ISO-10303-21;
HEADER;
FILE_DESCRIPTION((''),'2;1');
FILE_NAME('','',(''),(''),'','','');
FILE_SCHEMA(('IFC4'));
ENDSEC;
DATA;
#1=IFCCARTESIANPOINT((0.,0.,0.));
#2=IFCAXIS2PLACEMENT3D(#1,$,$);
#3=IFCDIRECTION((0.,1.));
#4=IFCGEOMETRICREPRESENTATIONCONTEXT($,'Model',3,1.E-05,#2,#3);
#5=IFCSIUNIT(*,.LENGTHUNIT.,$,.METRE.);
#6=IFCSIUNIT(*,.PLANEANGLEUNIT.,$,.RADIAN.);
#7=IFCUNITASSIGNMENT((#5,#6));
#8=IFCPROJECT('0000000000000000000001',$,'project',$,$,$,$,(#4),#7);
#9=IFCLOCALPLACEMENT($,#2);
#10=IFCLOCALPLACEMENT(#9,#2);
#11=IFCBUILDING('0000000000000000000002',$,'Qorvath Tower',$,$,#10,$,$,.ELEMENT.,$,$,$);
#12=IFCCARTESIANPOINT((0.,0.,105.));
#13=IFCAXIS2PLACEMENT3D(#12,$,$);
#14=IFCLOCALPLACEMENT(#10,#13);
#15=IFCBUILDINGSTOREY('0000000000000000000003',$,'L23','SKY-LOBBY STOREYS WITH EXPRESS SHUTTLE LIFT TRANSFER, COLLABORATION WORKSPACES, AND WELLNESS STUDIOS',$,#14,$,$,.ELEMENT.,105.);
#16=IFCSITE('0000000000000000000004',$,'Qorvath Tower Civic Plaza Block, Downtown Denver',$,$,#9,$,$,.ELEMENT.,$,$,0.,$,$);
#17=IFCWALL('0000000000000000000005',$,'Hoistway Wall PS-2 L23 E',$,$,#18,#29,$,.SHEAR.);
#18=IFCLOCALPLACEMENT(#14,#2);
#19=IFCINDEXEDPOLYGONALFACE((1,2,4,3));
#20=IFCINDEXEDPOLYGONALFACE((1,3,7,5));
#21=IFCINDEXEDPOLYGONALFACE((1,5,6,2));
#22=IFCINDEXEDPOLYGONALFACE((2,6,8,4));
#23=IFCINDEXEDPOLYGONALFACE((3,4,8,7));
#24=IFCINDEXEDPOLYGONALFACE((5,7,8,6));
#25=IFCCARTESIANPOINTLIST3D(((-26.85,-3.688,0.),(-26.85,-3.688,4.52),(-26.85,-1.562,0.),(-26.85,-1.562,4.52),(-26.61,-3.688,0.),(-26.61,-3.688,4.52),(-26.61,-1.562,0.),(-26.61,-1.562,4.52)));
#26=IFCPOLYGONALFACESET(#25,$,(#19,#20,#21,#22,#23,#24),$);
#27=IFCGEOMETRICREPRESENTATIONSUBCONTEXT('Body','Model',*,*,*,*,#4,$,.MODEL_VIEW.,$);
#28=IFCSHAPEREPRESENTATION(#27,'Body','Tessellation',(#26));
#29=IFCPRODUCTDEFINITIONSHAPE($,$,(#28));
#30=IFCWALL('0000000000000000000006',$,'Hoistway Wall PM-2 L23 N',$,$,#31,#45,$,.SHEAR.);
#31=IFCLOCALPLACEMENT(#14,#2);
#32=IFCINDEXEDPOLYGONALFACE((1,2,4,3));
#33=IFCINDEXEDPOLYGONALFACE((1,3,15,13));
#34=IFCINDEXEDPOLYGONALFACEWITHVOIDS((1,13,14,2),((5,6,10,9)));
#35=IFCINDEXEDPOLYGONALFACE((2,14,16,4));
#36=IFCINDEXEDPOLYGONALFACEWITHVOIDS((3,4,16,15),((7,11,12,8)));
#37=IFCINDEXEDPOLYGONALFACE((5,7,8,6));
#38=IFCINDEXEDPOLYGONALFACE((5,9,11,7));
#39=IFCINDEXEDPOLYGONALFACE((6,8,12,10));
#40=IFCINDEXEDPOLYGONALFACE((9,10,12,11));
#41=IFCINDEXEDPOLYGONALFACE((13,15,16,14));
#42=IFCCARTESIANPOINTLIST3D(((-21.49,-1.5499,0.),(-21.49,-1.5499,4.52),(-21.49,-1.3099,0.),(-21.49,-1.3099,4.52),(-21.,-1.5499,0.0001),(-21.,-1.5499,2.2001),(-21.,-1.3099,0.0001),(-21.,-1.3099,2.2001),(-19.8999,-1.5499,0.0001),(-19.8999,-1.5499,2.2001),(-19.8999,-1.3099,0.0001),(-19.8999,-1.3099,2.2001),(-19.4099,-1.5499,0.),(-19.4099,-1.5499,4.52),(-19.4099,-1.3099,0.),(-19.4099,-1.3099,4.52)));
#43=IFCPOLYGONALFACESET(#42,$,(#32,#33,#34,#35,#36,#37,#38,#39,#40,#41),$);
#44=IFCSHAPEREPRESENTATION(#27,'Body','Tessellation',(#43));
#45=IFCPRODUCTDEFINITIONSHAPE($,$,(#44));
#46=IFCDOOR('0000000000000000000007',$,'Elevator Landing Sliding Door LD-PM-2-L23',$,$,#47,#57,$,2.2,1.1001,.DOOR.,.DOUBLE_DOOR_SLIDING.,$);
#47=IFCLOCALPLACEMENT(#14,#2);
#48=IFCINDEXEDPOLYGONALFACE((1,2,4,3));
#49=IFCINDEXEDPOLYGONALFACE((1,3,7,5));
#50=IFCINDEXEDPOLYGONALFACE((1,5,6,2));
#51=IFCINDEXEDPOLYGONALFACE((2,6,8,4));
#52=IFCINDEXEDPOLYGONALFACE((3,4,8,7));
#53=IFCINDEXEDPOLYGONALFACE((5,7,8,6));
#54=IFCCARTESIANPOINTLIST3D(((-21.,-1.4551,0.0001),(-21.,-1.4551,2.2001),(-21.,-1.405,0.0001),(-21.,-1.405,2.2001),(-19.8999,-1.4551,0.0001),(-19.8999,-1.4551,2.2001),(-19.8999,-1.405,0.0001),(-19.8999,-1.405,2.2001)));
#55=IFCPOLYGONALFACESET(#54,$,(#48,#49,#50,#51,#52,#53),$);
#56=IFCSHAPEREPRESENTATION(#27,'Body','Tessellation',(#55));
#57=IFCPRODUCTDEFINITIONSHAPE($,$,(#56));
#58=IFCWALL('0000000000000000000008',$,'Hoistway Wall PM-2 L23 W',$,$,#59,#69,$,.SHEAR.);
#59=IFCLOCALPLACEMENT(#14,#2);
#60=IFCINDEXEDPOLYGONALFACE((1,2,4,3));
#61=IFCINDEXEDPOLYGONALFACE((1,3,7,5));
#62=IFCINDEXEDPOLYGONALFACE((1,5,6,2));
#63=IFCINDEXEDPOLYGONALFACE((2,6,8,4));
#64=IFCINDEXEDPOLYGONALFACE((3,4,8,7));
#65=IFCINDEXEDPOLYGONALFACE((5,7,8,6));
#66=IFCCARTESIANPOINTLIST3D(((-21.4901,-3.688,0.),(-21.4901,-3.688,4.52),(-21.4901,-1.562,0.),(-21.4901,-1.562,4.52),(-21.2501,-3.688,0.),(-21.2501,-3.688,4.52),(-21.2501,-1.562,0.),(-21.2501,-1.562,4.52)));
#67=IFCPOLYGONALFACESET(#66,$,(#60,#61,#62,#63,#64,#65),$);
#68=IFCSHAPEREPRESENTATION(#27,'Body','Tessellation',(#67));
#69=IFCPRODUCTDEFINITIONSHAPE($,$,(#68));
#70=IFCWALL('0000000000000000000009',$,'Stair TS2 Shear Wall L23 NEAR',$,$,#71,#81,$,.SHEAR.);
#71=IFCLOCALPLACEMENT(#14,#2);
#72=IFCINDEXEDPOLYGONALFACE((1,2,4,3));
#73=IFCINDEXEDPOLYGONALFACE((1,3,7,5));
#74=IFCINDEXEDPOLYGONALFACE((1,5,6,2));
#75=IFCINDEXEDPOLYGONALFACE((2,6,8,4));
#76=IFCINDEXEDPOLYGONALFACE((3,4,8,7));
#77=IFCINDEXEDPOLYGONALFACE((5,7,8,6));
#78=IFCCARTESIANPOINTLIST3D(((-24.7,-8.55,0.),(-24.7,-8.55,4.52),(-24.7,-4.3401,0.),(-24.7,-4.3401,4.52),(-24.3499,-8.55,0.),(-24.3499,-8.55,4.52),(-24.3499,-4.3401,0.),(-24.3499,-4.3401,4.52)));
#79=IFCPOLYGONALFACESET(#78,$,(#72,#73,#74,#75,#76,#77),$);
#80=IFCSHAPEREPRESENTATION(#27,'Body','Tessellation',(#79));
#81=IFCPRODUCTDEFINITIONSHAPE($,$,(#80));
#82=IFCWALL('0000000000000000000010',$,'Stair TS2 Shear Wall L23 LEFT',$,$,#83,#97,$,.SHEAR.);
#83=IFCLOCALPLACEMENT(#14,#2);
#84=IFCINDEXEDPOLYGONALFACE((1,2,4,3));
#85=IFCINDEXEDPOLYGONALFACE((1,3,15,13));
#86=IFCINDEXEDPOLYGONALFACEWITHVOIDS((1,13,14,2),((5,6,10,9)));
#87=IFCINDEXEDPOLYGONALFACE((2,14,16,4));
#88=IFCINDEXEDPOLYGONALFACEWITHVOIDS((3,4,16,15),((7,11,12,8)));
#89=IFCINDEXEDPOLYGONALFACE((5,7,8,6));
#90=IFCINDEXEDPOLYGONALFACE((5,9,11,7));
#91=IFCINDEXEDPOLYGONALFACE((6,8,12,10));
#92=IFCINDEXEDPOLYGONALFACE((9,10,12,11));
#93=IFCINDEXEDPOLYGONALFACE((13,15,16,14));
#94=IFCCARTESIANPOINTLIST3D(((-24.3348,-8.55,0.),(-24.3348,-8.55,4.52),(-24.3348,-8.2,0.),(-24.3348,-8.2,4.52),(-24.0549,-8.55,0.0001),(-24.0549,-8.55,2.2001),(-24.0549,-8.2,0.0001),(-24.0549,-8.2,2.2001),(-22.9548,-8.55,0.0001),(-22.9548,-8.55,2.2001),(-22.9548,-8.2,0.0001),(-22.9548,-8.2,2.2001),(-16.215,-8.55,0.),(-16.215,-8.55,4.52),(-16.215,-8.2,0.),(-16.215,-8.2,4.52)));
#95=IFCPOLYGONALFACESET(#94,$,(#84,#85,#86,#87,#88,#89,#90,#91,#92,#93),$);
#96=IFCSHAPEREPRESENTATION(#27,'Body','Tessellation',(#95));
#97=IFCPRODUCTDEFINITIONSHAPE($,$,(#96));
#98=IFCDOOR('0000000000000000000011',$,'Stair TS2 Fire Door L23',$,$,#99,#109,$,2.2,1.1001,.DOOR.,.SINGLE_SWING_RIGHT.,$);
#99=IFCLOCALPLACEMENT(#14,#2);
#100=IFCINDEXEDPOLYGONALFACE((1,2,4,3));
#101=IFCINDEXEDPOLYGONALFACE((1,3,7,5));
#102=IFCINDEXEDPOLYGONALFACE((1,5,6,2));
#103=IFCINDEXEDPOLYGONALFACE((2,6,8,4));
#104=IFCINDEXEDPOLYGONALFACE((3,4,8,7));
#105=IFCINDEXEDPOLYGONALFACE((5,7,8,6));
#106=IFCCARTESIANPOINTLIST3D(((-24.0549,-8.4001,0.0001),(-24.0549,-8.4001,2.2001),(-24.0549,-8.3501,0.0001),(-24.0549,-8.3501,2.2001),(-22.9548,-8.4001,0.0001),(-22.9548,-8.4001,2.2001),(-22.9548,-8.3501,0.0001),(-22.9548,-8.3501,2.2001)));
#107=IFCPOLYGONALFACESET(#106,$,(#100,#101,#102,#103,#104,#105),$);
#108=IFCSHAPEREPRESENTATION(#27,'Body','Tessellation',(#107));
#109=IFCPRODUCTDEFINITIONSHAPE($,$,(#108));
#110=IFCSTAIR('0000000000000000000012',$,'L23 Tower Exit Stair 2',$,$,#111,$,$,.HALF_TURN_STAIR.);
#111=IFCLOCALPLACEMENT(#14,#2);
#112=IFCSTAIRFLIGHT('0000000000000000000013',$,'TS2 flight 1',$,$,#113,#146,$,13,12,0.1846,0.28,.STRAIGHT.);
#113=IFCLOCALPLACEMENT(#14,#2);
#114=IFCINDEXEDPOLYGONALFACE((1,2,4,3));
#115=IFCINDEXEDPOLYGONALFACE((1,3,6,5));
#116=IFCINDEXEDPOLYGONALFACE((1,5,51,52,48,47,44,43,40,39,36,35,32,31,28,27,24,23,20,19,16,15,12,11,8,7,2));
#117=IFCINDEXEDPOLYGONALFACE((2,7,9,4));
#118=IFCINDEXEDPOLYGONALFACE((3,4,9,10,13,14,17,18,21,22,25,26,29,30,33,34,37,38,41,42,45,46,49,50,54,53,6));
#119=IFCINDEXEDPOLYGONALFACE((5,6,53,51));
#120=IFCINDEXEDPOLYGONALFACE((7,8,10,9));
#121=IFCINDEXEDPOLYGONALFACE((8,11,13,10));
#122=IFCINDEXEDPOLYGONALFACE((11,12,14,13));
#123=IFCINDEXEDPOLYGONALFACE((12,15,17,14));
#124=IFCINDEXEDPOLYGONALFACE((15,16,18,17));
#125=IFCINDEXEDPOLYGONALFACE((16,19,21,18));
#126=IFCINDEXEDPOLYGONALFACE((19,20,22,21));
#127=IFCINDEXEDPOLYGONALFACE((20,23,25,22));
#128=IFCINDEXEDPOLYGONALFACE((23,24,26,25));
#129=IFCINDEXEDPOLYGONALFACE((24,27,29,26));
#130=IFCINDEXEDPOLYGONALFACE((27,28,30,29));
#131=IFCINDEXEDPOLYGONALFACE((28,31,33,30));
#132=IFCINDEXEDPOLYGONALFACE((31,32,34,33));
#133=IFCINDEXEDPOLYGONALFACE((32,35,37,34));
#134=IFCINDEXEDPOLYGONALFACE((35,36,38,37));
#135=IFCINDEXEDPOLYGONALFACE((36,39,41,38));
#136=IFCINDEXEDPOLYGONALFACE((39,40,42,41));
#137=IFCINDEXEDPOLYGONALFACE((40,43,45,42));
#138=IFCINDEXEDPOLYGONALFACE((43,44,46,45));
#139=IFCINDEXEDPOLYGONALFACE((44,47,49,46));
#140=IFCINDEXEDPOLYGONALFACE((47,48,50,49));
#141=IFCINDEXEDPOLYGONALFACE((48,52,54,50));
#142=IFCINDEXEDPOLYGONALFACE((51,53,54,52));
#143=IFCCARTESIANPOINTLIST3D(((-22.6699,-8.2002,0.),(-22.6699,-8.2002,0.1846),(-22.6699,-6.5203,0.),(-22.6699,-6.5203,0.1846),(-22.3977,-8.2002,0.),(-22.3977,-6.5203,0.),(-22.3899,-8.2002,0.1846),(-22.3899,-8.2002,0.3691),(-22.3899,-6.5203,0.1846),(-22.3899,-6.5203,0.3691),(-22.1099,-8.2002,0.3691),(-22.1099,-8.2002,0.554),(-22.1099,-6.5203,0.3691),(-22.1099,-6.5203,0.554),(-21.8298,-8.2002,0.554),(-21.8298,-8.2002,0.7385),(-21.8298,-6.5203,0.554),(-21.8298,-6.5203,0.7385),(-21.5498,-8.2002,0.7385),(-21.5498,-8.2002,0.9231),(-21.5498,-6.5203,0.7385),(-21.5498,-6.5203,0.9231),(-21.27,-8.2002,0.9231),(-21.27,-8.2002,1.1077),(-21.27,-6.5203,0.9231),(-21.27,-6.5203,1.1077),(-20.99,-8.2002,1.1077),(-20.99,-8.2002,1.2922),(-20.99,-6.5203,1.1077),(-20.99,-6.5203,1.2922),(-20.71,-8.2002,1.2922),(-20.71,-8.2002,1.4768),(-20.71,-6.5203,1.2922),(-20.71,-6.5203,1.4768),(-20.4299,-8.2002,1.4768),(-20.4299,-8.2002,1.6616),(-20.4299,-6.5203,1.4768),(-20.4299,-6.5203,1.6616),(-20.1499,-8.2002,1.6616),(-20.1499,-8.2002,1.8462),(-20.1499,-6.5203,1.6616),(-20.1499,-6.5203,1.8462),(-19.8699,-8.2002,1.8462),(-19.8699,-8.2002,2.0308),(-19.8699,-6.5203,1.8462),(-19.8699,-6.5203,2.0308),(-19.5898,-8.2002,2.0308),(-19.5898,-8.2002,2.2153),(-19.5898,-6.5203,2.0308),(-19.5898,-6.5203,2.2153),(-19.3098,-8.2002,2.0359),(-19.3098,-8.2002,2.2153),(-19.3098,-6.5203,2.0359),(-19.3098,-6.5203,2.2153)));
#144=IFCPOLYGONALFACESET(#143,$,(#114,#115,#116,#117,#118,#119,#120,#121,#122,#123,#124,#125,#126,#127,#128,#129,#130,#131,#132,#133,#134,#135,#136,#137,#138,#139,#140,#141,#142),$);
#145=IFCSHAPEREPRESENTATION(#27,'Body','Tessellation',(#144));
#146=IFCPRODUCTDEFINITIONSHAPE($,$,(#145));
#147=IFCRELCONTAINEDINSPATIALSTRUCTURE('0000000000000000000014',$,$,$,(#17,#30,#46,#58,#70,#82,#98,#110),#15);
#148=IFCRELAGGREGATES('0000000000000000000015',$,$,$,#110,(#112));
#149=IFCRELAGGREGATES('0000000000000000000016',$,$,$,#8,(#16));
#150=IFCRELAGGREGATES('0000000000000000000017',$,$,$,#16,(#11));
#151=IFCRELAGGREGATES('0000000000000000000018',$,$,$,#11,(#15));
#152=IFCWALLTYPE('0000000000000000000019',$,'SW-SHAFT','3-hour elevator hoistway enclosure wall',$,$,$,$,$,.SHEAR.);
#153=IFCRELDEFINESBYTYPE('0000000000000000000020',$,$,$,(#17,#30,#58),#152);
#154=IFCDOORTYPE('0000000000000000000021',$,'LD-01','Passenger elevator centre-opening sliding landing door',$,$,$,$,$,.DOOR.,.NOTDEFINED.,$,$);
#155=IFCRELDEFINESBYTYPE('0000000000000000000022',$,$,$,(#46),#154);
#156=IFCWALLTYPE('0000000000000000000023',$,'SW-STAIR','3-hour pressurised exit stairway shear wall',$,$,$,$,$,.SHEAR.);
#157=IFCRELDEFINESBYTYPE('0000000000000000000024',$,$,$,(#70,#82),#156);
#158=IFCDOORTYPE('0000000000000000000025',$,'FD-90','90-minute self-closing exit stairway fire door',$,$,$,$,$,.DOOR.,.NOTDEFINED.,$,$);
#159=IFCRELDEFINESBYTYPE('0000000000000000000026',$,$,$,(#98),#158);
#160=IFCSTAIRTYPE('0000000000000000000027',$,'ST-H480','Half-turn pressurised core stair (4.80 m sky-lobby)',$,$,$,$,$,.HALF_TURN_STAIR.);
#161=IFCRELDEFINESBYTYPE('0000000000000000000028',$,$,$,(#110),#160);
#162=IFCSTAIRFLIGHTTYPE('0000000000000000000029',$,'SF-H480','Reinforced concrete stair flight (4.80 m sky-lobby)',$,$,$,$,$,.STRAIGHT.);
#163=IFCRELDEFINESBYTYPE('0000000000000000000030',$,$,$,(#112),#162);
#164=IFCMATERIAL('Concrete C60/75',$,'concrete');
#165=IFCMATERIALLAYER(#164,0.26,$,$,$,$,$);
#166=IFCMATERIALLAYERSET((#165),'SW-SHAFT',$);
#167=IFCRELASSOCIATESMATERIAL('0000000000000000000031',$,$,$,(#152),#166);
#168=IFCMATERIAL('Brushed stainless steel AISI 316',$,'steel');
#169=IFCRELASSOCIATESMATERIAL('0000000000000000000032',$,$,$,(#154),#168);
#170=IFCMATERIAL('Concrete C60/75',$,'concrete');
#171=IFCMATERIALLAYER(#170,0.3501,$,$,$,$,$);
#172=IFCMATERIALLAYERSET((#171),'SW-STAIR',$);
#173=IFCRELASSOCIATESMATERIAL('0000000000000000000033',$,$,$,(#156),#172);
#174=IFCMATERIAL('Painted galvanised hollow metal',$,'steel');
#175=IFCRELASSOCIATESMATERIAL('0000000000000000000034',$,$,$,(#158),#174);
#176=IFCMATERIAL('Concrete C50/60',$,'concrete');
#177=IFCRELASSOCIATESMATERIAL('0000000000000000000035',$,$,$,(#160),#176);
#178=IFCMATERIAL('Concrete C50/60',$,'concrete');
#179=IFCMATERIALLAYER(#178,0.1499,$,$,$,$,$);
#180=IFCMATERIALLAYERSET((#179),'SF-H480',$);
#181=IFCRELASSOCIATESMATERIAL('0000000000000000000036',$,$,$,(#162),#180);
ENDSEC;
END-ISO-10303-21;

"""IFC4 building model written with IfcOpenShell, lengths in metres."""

from ifc_helpers import new_model, si_unit, direction, frame, frame_2d, origin, place, context, subcontext, project, spatial, polyline, rectangle, outline, extrude, material, layer, layer_set, type_object, element, fill, aggregate, save


model = new_model("IFC4")

# Units and contexts
model_context = context("Model", 3, precision=1e-05, world=origin(), true_north=direction((0.0, 1.0)))
body_context = subcontext(model_context, "Body", "Model", "MODEL_VIEW")
ifc_project = project(units=[si_unit("LENGTHUNIT", "METRE"), si_unit("PLANEANGLEUNIT", "RADIAN")], contexts=[model_context])

# Site, building, storey
site_placement = place(None, origin())
site = spatial("IfcSite", under=ifc_project, at=site_placement, Name="Qorvath Tower Civic Plaza Block, Downtown Denver", CompositionType="ELEMENT", RefElevation=0.0)
building_placement = place(site_placement, origin())
building = spatial("IfcBuilding", under=site, at=building_placement, Name="Qorvath Tower", CompositionType="ELEMENT")
storey_placement = place(building_placement, frame((0.0, 0.0, 105.0)))
storey = spatial("IfcBuildingStorey", under=building, at=storey_placement, Name="L23", Description="SKY-LOBBY STOREYS WITH EXPRESS SHUTTLE LIFT TRANSFER, COLLABORATION WORKSPACES, AND WELLNESS STUDIOS", CompositionType="ELEMENT", Elevation=105.0)

# Wall
ifc_material_1 = material(Name="Concrete C60/75", Category="concrete")
ifc_layer_1 = layer(ifc_material_1, 0.26)
ifc_layer_set_1 = layer_set([ifc_layer_1], Name="SW-SHAFT")
wall_type_1 = type_object("IfcWallType", Name="SW-SHAFT", Description="3-hour elevator hoistway enclosure wall", PredefinedType="SHEAR", material=ifc_layer_set_1)
wall_1_placement = place(storey_placement, frame((-26.73, -1.562, 0.0), z_axis=(0.0, 0.0, 1.0), x_axis=(0.0, -1.0, 0.0)))
element("IfcWall", 1, at=wall_1_placement, inside=storey, type_object=wall_type_1, Name="Hoistway Wall PS-2 L23 E", PredefinedType="SHEAR", context=body_context, shape_type="SweptSolid", body=[
    extrude(rectangle(XDim=2.126, YDim=0.24, at=frame_2d((1.063, 0.0))), origin(), (0.0, 0.0, 1.0), 4.52),
])

# Wall, opening, door
wall_2_placement = place(storey_placement, frame((-21.49, -1.4299, 0.0), z_axis=(0.0, 0.0, 1.0), x_axis=(1.0, 0.0, 0.0)))
wall_2 = element("IfcWall", 2, at=wall_2_placement, inside=storey, type_object=wall_type_1, Name="Hoistway Wall PM-2 L23 N", PredefinedType="SHEAR", context=body_context, shape_type="SweptSolid", body=[
    extrude(rectangle(XDim=2.0801, YDim=0.24, at=frame_2d((1.04, 0.0))), origin(), (0.0, 0.0, 1.0), 4.52),
])
opening_1_placement = place(wall_2_placement, frame((0.49, 0.0, 0.0)))
opening_1 = element("IfcOpeningElement", 3, at=opening_1_placement, cuts=wall_2, PredefinedType="OPENING", context=body_context, shape_type="SweptSolid", body=[
    extrude(rectangle(XDim=1.1001, YDim=2.2, at=frame_2d((0.55, 1.1001))), frame((0.0, 0.1299, 0.0), z_axis=(0.0, -1.0, 0.0), x_axis=(1.0, 0.0, 0.0)), (0.0, 0.0, 1.0), 0.26),
])
ifc_material_2 = material(Name="Brushed stainless steel AISI 316", Category="steel")
door_type_1 = type_object("IfcDoorType", Name="LD-01", Description="Passenger elevator centre-opening sliding landing door", OperationType="NOTDEFINED", PredefinedType="DOOR", material=ifc_material_2)
door_1_placement = place(opening_1_placement, origin())
door_1 = element("IfcDoor", 4, at=door_1_placement, inside=storey, type_object=door_type_1, Name="Elevator Landing Sliding Door LD-PM-2-L23", OperationType="DOUBLE_DOOR_SLIDING", OverallHeight=2.2, OverallWidth=1.1001, PredefinedType="DOOR", context=body_context, shape_type="SweptSolid", body=[
    extrude(rectangle(XDim=1.1001, YDim=2.2, at=frame_2d((0.55, 1.1001))), frame((0.0, 0.0249, 0.0), z_axis=(0.0, -1.0, 0.0), x_axis=(1.0, 0.0, 0.0)), (0.0, 0.0, 1.0), 0.05),
])
fill(opening_1, door_1)

# Walls
wall_3_placement = place(storey_placement, frame((-21.3701, -3.688, 0.0), z_axis=(0.0, 0.0, 1.0), x_axis=(0.0, 1.0, 0.0)))
element("IfcWall", 5, at=wall_3_placement, inside=storey, type_object=wall_type_1, Name="Hoistway Wall PM-2 L23 W", PredefinedType="SHEAR", context=body_context, shape_type="SweptSolid", body=[
    extrude(rectangle(XDim=2.126, YDim=0.24, at=frame_2d((1.063, 0.0))), origin(), (0.0, 0.0, 1.0), 4.52),
])
ifc_material_3 = material(Name="Concrete C60/75", Category="concrete")
ifc_layer_2 = layer(ifc_material_3, 0.3501)
ifc_layer_set_2 = layer_set([ifc_layer_2], Name="SW-STAIR")
wall_type_2 = type_object("IfcWallType", Name="SW-STAIR", Description="3-hour pressurised exit stairway shear wall", PredefinedType="SHEAR", material=ifc_layer_set_2)
wall_4_placement = place(storey_placement, frame((-24.5249, -4.3401, 0.0), z_axis=(0.0, 0.0, 1.0), x_axis=(0.0, -1.0, 0.0)))
element("IfcWall", 6, at=wall_4_placement, inside=storey, type_object=wall_type_2, Name="Stair TS2 Shear Wall L23 NEAR", PredefinedType="SHEAR", context=body_context, shape_type="SweptSolid", body=[
    extrude(rectangle(XDim=4.21, YDim=0.3501, at=frame_2d((2.105, 0.0))), origin(), (0.0, 0.0, 1.0), 4.52),
])

# Wall, opening, door
wall_5_placement = place(storey_placement, frame((-24.335, -8.375, 0.0), z_axis=(0.0, 0.0, 1.0), x_axis=(1.0, 0.0, 0.0)))
wall_5 = element("IfcWall", 7, at=wall_5_placement, inside=storey, type_object=wall_type_2, Name="Stair TS2 Shear Wall L23 LEFT", PredefinedType="SHEAR", context=body_context, shape_type="SweptSolid", body=[
    extrude(rectangle(XDim=8.1199, YDim=0.3501, at=frame_2d((4.0601, 0.0))), origin(), (0.0, 0.0, 1.0), 4.52),
])
opening_2_placement = place(wall_5_placement, frame((0.28, 0.0, 0.0)))
opening_2 = element("IfcOpeningElement", 8, at=opening_2_placement, cuts=wall_5, PredefinedType="OPENING", context=body_context, shape_type="SweptSolid", body=[
    extrude(rectangle(XDim=1.1001, YDim=2.2, at=frame_2d((0.55, 1.1001))), frame((0.0, 0.1851, 0.0), z_axis=(0.0, -1.0, 0.0), x_axis=(1.0, 0.0, 0.0)), (0.0, 0.0, 1.0), 0.3701),
])
ifc_material_4 = material(Name="Painted galvanised hollow metal", Category="steel")
door_type_2 = type_object("IfcDoorType", Name="FD-90", Description="90-minute self-closing exit stairway fire door", OperationType="NOTDEFINED", PredefinedType="DOOR", material=ifc_material_4)
door_2_placement = place(opening_2_placement, origin())
door_2 = element("IfcDoor", 9, at=door_2_placement, inside=storey, type_object=door_type_2, Name="Stair TS2 Fire Door L23", OperationType="SINGLE_SWING_RIGHT", OverallHeight=2.2, OverallWidth=1.1001, PredefinedType="DOOR", context=body_context, shape_type="SweptSolid", body=[
    extrude(rectangle(XDim=1.1001, YDim=2.2, at=frame_2d((0.55, 1.1001))), frame((0.0, 0.0249, 0.0), z_axis=(0.0, -1.0, 0.0), x_axis=(1.0, 0.0, 0.0)), (0.0, 0.0, 1.0), 0.05),
])
fill(opening_2, door_2)

# Stair, stair flight
ifc_material_5 = material(Name="Concrete C50/60", Category="concrete")
stair_type = type_object("IfcStairType", Name="ST-H480", Description="Half-turn pressurised core stair (4.80 m sky-lobby)", PredefinedType="HALF_TURN_STAIR", material=ifc_material_5)
stair_placement = place(storey_placement, origin())
stair = element("IfcStair", 10, at=stair_placement, inside=storey, type_object=stair_type, Name="L23 Tower Exit Stair 2", PredefinedType="HALF_TURN_STAIR")
ifc_material_6 = material(Name="Concrete C50/60", Category="concrete")
ifc_layer_3 = layer(ifc_material_6, 0.1499)
ifc_layer_set_3 = layer_set([ifc_layer_3], Name="SF-H480")
stair_flight_type = type_object("IfcStairFlightType", Name="SF-H480", Description="Reinforced concrete stair flight (4.80 m sky-lobby)", PredefinedType="STRAIGHT", material=ifc_layer_set_3)
stair_flight_placement = place(storey_placement, frame((-22.6699, -7.3601, 0.0), z_axis=(0.0, 0.0, 1.0), x_axis=(1.0, 0.0, 0.0)))
stair_flight = element("IfcStairFlight", 11, at=stair_flight_placement, type_object=stair_flight_type, Name="TS2 flight 1", NumberOfRisers=13, NumberOfTreads=12, PredefinedType="STRAIGHT", RiserHeight=0.1846, TreadLength=0.28, context=body_context, shape_type="SweptSolid", body=[
    extrude(outline(polyline([(0.0, 0.0), (0.0, 0.1846), (0.28, 0.1846), (0.28, 0.3691), (0.5601, 0.3691), (0.5601, 0.554), (0.8401, 0.554), (0.8401, 0.7385), (1.1201, 0.7385), (1.1201, 0.9231), (1.3999, 0.9231), (1.3999, 1.1077), (1.6799, 1.1077), (1.6799, 1.2922), (1.96, 1.2922), (1.96, 1.4768), (2.24, 1.4768), (2.24, 1.6616), (2.52, 1.6616), (2.52, 1.8462), (2.8, 1.8462), (2.8, 2.0308), (3.0801, 2.0308), (3.0801, 2.2153), (3.3601, 2.2153), (3.3601, 2.3999), (3.3601, 2.0359), (0.2722, 0.0), (0.0, 0.0)])), frame((0.0, 0.8398, 0.0), z_axis=(0.0, -1.0, 0.0), x_axis=(1.0, 0.0, 0.0)), (0.0, 0.0, 1.0), 1.6799),
])
aggregate(stair, [stair_flight])

save(model, "model.ifc")
